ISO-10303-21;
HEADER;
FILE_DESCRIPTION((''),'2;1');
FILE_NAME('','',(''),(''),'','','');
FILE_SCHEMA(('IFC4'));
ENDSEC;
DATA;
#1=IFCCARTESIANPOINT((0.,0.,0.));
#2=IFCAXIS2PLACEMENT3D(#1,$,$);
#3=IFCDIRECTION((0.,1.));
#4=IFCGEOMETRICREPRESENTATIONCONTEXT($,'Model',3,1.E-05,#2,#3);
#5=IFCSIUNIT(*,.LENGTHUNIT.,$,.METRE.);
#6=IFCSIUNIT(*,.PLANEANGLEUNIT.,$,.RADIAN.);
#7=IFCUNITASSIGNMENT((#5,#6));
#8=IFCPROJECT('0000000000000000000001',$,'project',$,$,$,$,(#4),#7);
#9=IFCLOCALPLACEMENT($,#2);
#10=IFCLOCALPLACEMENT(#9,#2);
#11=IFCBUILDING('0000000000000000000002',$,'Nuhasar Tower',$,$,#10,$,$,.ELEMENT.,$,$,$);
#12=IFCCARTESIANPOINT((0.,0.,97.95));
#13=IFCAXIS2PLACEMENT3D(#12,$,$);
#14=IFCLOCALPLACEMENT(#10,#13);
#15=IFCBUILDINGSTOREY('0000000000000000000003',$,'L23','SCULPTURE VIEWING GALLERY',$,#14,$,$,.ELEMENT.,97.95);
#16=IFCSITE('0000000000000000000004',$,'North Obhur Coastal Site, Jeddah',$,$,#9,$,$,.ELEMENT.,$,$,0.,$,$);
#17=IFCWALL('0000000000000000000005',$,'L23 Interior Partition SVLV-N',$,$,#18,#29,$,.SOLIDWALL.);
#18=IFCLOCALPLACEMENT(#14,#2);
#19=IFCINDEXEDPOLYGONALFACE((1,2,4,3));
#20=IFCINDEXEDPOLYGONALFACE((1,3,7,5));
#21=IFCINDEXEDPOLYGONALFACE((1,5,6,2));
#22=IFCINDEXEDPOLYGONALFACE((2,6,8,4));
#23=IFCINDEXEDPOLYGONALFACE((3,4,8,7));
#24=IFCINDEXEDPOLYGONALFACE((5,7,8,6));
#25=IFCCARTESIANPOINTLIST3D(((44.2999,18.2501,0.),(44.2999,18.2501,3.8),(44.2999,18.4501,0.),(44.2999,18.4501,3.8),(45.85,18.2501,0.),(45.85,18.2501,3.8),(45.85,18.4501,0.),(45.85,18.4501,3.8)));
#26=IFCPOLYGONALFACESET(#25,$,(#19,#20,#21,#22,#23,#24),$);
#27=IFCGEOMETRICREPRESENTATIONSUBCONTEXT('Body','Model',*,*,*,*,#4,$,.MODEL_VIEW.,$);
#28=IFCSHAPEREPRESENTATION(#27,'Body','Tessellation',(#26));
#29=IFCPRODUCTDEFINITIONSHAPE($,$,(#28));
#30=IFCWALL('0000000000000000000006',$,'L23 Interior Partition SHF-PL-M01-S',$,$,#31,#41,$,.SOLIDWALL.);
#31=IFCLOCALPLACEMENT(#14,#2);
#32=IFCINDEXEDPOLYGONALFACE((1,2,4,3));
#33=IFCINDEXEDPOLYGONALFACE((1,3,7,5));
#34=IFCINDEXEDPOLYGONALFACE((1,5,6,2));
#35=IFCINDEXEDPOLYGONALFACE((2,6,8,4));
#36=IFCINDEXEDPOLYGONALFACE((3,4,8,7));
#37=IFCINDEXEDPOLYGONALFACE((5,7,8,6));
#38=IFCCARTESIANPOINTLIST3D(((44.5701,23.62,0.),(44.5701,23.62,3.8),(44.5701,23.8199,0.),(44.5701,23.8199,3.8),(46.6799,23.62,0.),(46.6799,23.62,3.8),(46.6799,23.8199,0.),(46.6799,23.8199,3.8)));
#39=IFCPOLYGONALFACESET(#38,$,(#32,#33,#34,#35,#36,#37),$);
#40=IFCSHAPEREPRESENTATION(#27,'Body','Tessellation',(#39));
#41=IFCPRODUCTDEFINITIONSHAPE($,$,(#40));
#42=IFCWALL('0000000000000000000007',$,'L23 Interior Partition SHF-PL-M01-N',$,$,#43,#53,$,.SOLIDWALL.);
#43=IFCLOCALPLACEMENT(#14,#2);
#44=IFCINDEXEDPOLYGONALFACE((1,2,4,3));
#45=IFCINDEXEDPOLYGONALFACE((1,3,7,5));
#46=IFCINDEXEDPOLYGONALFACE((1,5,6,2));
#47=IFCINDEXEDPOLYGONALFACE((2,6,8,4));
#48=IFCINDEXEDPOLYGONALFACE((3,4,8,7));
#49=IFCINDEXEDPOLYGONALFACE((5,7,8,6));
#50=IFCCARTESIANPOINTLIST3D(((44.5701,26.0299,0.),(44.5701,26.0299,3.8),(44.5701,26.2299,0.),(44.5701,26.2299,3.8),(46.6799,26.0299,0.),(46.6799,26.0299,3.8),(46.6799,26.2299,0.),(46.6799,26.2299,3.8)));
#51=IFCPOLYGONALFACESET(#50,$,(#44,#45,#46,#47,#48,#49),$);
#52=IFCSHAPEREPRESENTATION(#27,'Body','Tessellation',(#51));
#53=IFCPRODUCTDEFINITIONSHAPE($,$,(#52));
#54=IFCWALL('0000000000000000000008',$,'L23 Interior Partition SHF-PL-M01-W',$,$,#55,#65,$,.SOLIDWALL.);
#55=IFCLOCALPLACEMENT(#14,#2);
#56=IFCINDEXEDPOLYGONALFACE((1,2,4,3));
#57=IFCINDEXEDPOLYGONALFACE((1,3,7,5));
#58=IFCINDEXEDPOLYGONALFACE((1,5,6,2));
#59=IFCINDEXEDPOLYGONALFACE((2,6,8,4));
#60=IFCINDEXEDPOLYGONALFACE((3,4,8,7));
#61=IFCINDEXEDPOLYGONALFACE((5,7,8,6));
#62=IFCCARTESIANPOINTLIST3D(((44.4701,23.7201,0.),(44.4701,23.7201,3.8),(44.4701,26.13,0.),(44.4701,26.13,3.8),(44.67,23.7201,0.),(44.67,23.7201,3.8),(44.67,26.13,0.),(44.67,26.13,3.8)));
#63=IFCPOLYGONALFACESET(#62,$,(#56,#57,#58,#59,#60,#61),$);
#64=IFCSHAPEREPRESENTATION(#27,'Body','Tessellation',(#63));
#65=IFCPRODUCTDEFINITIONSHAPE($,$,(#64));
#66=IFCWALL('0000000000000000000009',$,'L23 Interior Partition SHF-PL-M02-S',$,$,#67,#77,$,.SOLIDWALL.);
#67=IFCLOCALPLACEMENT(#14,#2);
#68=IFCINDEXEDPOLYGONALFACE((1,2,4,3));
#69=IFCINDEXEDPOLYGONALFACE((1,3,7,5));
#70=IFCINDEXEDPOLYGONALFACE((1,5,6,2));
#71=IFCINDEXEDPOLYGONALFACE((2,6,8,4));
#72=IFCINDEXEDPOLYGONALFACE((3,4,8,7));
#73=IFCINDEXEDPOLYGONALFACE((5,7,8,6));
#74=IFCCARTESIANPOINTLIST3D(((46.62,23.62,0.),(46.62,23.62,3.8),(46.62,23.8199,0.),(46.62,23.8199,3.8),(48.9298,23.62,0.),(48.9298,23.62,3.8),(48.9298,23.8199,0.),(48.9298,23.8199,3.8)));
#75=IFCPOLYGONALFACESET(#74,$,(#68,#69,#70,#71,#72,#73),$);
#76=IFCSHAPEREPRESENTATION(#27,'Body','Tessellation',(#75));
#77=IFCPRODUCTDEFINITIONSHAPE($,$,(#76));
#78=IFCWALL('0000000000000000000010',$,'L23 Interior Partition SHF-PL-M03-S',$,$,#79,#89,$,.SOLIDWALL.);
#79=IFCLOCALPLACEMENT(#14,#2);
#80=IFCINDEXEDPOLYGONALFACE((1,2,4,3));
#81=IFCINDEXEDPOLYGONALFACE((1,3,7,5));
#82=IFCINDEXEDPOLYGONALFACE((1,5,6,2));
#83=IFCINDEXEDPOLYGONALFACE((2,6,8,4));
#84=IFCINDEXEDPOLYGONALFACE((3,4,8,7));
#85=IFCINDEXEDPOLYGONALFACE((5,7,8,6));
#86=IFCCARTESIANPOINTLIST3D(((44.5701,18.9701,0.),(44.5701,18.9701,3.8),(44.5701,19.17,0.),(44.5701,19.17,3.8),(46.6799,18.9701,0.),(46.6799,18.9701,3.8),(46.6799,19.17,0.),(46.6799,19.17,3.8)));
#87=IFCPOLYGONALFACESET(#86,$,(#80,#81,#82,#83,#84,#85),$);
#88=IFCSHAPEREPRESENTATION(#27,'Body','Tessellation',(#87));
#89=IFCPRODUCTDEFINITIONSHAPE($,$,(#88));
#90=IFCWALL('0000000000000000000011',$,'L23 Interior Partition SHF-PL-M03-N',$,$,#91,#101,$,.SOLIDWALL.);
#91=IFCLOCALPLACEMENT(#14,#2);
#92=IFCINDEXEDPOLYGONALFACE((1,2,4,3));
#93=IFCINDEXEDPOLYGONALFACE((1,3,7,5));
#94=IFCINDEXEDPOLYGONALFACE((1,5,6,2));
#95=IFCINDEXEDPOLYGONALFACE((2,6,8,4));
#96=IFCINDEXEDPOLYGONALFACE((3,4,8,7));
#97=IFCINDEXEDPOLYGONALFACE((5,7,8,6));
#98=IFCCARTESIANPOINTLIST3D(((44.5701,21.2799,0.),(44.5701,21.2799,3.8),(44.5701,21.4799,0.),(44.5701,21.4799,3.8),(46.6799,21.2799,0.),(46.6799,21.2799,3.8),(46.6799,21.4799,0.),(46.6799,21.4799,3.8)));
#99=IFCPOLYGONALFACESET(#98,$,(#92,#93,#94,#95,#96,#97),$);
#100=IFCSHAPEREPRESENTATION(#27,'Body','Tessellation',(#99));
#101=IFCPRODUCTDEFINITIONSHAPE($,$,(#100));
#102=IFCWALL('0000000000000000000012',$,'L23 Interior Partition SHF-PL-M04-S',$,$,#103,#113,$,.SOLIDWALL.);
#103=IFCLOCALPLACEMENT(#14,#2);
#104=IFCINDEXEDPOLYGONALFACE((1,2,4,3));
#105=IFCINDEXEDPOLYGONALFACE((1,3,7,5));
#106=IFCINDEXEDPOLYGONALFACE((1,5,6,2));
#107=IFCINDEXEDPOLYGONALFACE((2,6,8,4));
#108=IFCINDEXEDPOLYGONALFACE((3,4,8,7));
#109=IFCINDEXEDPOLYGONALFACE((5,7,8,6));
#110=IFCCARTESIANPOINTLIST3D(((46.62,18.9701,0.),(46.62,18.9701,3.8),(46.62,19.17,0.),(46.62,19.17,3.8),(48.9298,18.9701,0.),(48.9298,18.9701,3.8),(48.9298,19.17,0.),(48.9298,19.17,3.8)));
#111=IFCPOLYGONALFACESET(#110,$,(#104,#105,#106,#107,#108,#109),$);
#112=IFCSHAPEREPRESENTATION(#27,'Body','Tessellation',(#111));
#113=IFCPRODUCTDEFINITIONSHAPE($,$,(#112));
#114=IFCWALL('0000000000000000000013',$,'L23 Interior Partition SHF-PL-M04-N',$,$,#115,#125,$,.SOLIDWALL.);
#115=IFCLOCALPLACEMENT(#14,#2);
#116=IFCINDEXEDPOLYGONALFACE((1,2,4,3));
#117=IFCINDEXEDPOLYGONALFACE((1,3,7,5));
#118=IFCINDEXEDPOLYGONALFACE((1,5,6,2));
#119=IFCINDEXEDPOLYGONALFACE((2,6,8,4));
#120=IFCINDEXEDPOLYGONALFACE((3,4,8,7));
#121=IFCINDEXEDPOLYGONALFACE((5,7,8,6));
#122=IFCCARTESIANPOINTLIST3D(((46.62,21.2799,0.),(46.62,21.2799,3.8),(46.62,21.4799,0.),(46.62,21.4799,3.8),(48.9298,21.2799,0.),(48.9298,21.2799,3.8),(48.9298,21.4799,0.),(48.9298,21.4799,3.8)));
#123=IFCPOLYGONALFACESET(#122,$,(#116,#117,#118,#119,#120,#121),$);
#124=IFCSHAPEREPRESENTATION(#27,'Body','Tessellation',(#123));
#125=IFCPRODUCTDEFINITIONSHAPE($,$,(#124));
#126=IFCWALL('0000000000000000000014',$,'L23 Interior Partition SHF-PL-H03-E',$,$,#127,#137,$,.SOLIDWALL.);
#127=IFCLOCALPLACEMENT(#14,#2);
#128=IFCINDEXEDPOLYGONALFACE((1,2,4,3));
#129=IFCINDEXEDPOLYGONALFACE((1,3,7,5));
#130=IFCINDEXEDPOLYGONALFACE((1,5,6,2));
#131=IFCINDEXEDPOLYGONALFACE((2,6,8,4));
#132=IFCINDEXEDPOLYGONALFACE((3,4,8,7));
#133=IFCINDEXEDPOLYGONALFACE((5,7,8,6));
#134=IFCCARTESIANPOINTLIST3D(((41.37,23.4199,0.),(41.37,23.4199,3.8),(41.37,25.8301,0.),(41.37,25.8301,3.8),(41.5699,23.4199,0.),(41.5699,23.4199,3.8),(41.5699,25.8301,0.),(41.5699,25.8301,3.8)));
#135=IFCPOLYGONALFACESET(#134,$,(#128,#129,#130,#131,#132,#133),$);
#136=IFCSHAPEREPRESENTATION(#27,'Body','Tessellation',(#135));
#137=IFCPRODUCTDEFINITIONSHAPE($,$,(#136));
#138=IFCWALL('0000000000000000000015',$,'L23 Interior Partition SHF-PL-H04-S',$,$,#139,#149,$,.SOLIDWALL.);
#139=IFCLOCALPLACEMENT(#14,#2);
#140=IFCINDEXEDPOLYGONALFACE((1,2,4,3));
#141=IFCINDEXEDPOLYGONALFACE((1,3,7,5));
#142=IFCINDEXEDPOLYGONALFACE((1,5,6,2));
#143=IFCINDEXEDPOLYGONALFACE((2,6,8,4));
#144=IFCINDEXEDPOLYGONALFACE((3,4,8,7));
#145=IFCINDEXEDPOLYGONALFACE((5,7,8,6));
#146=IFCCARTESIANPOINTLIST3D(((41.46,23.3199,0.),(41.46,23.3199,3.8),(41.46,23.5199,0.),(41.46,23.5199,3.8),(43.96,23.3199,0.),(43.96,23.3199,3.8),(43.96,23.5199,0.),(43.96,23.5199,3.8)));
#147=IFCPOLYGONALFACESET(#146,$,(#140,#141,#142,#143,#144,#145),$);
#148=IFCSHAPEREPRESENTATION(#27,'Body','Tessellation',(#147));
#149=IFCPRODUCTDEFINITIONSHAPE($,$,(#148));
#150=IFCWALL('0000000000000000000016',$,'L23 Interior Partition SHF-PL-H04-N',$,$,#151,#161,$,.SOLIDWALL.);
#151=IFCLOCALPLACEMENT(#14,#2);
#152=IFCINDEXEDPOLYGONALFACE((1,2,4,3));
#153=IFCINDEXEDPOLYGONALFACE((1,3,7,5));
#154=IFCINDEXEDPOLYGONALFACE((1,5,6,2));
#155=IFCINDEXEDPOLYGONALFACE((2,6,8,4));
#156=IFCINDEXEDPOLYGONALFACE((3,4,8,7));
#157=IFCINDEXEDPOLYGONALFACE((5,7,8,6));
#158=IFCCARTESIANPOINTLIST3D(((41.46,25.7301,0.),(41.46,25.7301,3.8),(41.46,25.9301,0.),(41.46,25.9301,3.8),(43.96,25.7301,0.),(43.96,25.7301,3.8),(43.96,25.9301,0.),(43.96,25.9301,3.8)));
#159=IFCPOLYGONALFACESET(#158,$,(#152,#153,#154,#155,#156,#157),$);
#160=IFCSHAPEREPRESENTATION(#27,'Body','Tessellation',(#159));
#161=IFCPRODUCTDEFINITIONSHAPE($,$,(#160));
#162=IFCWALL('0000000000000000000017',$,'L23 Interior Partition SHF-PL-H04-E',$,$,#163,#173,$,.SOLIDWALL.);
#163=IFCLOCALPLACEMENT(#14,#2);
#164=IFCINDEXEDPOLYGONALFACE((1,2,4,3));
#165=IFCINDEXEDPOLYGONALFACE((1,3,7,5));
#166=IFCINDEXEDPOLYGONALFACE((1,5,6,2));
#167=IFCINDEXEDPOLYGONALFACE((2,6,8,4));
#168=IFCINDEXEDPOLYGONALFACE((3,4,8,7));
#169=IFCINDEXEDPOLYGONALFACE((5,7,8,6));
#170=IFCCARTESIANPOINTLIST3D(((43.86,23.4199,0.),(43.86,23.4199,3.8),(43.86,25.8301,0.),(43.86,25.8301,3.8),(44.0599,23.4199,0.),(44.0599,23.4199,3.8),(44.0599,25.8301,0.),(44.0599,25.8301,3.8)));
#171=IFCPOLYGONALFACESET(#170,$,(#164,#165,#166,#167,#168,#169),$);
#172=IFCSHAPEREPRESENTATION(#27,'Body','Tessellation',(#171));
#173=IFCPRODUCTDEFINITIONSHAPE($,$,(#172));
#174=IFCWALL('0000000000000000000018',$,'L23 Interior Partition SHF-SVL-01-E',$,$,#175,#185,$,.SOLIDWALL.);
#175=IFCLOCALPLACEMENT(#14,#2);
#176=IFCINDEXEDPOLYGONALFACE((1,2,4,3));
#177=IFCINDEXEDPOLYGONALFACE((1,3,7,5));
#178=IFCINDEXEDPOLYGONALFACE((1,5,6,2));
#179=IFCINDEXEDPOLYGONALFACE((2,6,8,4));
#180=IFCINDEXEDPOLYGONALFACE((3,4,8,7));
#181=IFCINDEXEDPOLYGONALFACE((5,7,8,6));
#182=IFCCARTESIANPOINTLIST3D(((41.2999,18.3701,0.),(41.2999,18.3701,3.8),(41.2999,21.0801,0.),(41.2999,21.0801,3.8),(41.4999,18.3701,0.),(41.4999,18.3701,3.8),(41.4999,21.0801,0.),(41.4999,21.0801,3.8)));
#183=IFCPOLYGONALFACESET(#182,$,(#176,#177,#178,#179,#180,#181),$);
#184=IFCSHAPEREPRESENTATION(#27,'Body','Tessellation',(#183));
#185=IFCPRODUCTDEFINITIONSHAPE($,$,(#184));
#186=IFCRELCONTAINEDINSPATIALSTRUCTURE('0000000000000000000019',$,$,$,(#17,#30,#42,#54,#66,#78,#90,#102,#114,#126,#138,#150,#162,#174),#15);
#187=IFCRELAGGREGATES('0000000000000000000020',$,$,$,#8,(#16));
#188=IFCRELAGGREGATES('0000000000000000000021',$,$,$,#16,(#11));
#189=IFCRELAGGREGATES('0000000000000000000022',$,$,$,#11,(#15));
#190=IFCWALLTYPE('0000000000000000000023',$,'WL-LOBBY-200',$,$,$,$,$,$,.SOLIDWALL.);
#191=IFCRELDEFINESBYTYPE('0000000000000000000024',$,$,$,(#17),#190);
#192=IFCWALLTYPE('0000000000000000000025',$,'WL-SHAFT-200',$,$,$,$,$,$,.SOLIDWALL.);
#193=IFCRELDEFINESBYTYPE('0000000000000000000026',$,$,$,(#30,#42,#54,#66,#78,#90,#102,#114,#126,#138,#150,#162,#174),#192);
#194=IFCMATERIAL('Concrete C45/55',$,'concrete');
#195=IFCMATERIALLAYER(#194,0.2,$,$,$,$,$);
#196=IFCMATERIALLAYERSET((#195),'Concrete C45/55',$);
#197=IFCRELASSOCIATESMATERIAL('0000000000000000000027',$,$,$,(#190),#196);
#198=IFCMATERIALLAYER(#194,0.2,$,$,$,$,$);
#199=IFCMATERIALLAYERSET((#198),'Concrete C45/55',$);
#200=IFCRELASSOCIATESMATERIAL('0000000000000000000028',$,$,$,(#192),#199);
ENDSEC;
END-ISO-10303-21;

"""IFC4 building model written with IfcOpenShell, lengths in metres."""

from ifc_helpers import new_model, si_unit, direction, frame, frame_2d, origin, place, context, subcontext, project, spatial, rectangle, extrude, material, layer, layer_set, type_object, element, save


model = new_model("IFC4")

# Units and contexts
model_context = context("Model", 3, precision=1e-05, world=origin(), true_north=direction((0.0, 1.0)))
body_context = subcontext(model_context, "Body", "Model", "MODEL_VIEW")
ifc_project = project(units=[si_unit("LENGTHUNIT", "METRE"), si_unit("PLANEANGLEUNIT", "RADIAN")], contexts=[model_context])

# Site, building, storey
site_placement = place(None, origin())
site = spatial("IfcSite", under=ifc_project, at=site_placement, Name="North Obhur Coastal Site, Jeddah", CompositionType="ELEMENT", RefElevation=0.0)
building_placement = place(site_placement, origin())
building = spatial("IfcBuilding", under=site, at=building_placement, Name="Nuhasar Tower", CompositionType="ELEMENT")
storey_placement = place(building_placement, frame((0.0, 0.0, 97.95)))
storey = spatial("IfcBuildingStorey", under=building, at=storey_placement, Name="L23", Description="SCULPTURE VIEWING GALLERY", CompositionType="ELEMENT", Elevation=97.95)

# Shared definitions
ifc_material_1 = material(Name="Concrete C45/55", Category="concrete")
ifc_layer_1 = layer(ifc_material_1, 0.2)
ifc_layer_set_1 = layer_set([ifc_layer_1], Name="Concrete C45/55")
wall_type_1 = type_object("IfcWallType", Name="WL-LOBBY-200", PredefinedType="SOLIDWALL", material=ifc_layer_set_1)

# Walls
wall_1_placement = place(storey_placement, frame((44.3, 18.3501, 0.0), z_axis=(0.0, 0.0, 1.0), x_axis=(1.0, 0.0, 0.0)))
element("IfcWall", 1, at=wall_1_placement, inside=storey, type_object=wall_type_1, Name="L23 Interior Partition SVLV-N", PredefinedType="SOLIDWALL", context=body_context, shape_type="SweptSolid", body=[
    extrude(rectangle(XDim=1.55, YDim=0.2, at=frame_2d((0.7749, 0.0))), origin(), (0.0, 0.0, 1.0), 3.8),
])
ifc_layer_2 = layer(ifc_material_1, 0.2)
ifc_layer_set_2 = layer_set([ifc_layer_2], Name="Concrete C45/55")
wall_type_2 = type_object("IfcWallType", Name="WL-SHAFT-200", PredefinedType="SOLIDWALL", material=ifc_layer_set_2)
for number, where, z_axis, x_axis, name in (
    (2, (44.5701, 23.72, 0.0), (0.0, 0.0, 1.0), (1.0, 0.0, 0.0), "L23 Interior Partition SHF-PL-M01-S"),
    (3, (44.5701, 26.1299, 0.0), (0.0, 0.0, 1.0), (1.0, 0.0, 0.0), "L23 Interior Partition SHF-PL-M01-N"),
):
    element("IfcWall", number, at=place(storey_placement, frame(where, z_axis=z_axis, x_axis=x_axis)), inside=storey, type_object=wall_type_2, Name=name, PredefinedType="SOLIDWALL", context=body_context, shape_type="SweptSolid", body=[
        extrude(rectangle(XDim=2.1099, YDim=0.2, at=frame_2d((1.0549, 0.0))), origin(), (0.0, 0.0, 1.0), 3.8),
    ])
wall_2_placement = place(storey_placement, frame((44.5701, 23.72, 0.0), z_axis=(0.0, 0.0, 1.0), x_axis=(0.0, 1.0, 0.0)))
element("IfcWall", 4, at=wall_2_placement, inside=storey, type_object=wall_type_2, Name="L23 Interior Partition SHF-PL-M01-W", PredefinedType="SOLIDWALL", context=body_context, shape_type="SweptSolid", body=[
    extrude(rectangle(XDim=2.4099, YDim=0.2, at=frame_2d((1.2051, 0.0))), origin(), (0.0, 0.0, 1.0), 3.8),
])
wall_3_placement = place(storey_placement, frame((46.6201, 23.72, 0.0), z_axis=(0.0, 0.0, 1.0), x_axis=(1.0, 0.0, 0.0)))
element("IfcWall", 5, at=wall_3_placement, inside=storey, type_object=wall_type_2, Name="L23 Interior Partition SHF-PL-M02-S", PredefinedType="SOLIDWALL", context=body_context, shape_type="SweptSolid", body=[
    extrude(rectangle(XDim=2.3098, YDim=0.2, at=frame_2d((1.1548, 0.0))), origin(), (0.0, 0.0, 1.0), 3.8),
])
for number, where, z_axis, x_axis, name in (
    (6, (44.5701, 19.0701, 0.0), (0.0, 0.0, 1.0), (1.0, 0.0, 0.0), "L23 Interior Partition SHF-PL-M03-S"),
    (7, (44.5701, 21.3799, 0.0), (0.0, 0.0, 1.0), (1.0, 0.0, 0.0), "L23 Interior Partition SHF-PL-M03-N"),
):
    element("IfcWall", number, at=place(storey_placement, frame(where, z_axis=z_axis, x_axis=x_axis)), inside=storey, type_object=wall_type_2, Name=name, PredefinedType="SOLIDWALL", context=body_context, shape_type="SweptSolid", body=[
        extrude(rectangle(XDim=2.1099, YDim=0.2, at=frame_2d((1.0549, 0.0))), origin(), (0.0, 0.0, 1.0), 3.8),
    ])
for number, where, z_axis, x_axis, name in (
    (8, (46.6201, 19.0701, 0.0), (0.0, 0.0, 1.0), (1.0, 0.0, 0.0), "L23 Interior Partition SHF-PL-M04-S"),
    (9, (46.6201, 21.3799, 0.0), (0.0, 0.0, 1.0), (1.0, 0.0, 0.0), "L23 Interior Partition SHF-PL-M04-N"),
):
    element("IfcWall", number, at=place(storey_placement, frame(where, z_axis=z_axis, x_axis=x_axis)), inside=storey, type_object=wall_type_2, Name=name, PredefinedType="SOLIDWALL", context=body_context, shape_type="SweptSolid", body=[
        extrude(rectangle(XDim=2.3098, YDim=0.2, at=frame_2d((1.1548, 0.0))), origin(), (0.0, 0.0, 1.0), 3.8),
    ])
wall_4_placement = place(storey_placement, frame((41.47, 23.4199, 0.0), z_axis=(0.0, 0.0, 1.0), x_axis=(0.0, 1.0, 0.0)))
element("IfcWall", 10, at=wall_4_placement, inside=storey, type_object=wall_type_2, Name="L23 Interior Partition SHF-PL-H03-E", PredefinedType="SOLIDWALL", context=body_context, shape_type="SweptSolid", body=[
    extrude(rectangle(XDim=2.4102, YDim=0.2, at=frame_2d((1.2051, 0.0))), origin(), (0.0, 0.0, 1.0), 3.8),
])
for number, where, z_axis, x_axis, name in (
    (11, (41.46, 23.4199, 0.0), (0.0, 0.0, 1.0), (1.0, 0.0, 0.0), "L23 Interior Partition SHF-PL-H04-S"),
    (12, (41.46, 25.8301, 0.0), (0.0, 0.0, 1.0), (1.0, 0.0, 0.0), "L23 Interior Partition SHF-PL-H04-N"),
):
    element("IfcWall", number, at=place(storey_placement, frame(where, z_axis=z_axis, x_axis=x_axis)), inside=storey, type_object=wall_type_2, Name=name, PredefinedType="SOLIDWALL", context=body_context, shape_type="SweptSolid", body=[
        extrude(rectangle(XDim=2.5, YDim=0.2, at=frame_2d((1.25, 0.0))), origin(), (0.0, 0.0, 1.0), 3.8),
    ])
wall_5_placement = place(storey_placement, frame((43.96, 23.4199, 0.0), z_axis=(0.0, 0.0, 1.0), x_axis=(0.0, 1.0, 0.0)))
element("IfcWall", 13, at=wall_5_placement, inside=storey, type_object=wall_type_2, Name="L23 Interior Partition SHF-PL-H04-E", PredefinedType="SOLIDWALL", context=body_context, shape_type="SweptSolid", body=[
    extrude(rectangle(XDim=2.4102, YDim=0.2, at=frame_2d((1.2051, 0.0))), origin(), (0.0, 0.0, 1.0), 3.8),
])
wall_6_placement = place(storey_placement, frame((41.3999, 18.3701, 0.0), z_axis=(0.0, 0.0, 1.0), x_axis=(0.0, 1.0, 0.0)))
element("IfcWall", 14, at=wall_6_placement, inside=storey, type_object=wall_type_2, Name="L23 Interior Partition SHF-SVL-01-E", PredefinedType="SOLIDWALL", context=body_context, shape_type="SweptSolid", body=[
    extrude(rectangle(XDim=2.71, YDim=0.2, at=frame_2d((1.355, 0.0))), origin(), (0.0, 0.0, 1.0), 3.8),
])

save(model, "model.ifc")
